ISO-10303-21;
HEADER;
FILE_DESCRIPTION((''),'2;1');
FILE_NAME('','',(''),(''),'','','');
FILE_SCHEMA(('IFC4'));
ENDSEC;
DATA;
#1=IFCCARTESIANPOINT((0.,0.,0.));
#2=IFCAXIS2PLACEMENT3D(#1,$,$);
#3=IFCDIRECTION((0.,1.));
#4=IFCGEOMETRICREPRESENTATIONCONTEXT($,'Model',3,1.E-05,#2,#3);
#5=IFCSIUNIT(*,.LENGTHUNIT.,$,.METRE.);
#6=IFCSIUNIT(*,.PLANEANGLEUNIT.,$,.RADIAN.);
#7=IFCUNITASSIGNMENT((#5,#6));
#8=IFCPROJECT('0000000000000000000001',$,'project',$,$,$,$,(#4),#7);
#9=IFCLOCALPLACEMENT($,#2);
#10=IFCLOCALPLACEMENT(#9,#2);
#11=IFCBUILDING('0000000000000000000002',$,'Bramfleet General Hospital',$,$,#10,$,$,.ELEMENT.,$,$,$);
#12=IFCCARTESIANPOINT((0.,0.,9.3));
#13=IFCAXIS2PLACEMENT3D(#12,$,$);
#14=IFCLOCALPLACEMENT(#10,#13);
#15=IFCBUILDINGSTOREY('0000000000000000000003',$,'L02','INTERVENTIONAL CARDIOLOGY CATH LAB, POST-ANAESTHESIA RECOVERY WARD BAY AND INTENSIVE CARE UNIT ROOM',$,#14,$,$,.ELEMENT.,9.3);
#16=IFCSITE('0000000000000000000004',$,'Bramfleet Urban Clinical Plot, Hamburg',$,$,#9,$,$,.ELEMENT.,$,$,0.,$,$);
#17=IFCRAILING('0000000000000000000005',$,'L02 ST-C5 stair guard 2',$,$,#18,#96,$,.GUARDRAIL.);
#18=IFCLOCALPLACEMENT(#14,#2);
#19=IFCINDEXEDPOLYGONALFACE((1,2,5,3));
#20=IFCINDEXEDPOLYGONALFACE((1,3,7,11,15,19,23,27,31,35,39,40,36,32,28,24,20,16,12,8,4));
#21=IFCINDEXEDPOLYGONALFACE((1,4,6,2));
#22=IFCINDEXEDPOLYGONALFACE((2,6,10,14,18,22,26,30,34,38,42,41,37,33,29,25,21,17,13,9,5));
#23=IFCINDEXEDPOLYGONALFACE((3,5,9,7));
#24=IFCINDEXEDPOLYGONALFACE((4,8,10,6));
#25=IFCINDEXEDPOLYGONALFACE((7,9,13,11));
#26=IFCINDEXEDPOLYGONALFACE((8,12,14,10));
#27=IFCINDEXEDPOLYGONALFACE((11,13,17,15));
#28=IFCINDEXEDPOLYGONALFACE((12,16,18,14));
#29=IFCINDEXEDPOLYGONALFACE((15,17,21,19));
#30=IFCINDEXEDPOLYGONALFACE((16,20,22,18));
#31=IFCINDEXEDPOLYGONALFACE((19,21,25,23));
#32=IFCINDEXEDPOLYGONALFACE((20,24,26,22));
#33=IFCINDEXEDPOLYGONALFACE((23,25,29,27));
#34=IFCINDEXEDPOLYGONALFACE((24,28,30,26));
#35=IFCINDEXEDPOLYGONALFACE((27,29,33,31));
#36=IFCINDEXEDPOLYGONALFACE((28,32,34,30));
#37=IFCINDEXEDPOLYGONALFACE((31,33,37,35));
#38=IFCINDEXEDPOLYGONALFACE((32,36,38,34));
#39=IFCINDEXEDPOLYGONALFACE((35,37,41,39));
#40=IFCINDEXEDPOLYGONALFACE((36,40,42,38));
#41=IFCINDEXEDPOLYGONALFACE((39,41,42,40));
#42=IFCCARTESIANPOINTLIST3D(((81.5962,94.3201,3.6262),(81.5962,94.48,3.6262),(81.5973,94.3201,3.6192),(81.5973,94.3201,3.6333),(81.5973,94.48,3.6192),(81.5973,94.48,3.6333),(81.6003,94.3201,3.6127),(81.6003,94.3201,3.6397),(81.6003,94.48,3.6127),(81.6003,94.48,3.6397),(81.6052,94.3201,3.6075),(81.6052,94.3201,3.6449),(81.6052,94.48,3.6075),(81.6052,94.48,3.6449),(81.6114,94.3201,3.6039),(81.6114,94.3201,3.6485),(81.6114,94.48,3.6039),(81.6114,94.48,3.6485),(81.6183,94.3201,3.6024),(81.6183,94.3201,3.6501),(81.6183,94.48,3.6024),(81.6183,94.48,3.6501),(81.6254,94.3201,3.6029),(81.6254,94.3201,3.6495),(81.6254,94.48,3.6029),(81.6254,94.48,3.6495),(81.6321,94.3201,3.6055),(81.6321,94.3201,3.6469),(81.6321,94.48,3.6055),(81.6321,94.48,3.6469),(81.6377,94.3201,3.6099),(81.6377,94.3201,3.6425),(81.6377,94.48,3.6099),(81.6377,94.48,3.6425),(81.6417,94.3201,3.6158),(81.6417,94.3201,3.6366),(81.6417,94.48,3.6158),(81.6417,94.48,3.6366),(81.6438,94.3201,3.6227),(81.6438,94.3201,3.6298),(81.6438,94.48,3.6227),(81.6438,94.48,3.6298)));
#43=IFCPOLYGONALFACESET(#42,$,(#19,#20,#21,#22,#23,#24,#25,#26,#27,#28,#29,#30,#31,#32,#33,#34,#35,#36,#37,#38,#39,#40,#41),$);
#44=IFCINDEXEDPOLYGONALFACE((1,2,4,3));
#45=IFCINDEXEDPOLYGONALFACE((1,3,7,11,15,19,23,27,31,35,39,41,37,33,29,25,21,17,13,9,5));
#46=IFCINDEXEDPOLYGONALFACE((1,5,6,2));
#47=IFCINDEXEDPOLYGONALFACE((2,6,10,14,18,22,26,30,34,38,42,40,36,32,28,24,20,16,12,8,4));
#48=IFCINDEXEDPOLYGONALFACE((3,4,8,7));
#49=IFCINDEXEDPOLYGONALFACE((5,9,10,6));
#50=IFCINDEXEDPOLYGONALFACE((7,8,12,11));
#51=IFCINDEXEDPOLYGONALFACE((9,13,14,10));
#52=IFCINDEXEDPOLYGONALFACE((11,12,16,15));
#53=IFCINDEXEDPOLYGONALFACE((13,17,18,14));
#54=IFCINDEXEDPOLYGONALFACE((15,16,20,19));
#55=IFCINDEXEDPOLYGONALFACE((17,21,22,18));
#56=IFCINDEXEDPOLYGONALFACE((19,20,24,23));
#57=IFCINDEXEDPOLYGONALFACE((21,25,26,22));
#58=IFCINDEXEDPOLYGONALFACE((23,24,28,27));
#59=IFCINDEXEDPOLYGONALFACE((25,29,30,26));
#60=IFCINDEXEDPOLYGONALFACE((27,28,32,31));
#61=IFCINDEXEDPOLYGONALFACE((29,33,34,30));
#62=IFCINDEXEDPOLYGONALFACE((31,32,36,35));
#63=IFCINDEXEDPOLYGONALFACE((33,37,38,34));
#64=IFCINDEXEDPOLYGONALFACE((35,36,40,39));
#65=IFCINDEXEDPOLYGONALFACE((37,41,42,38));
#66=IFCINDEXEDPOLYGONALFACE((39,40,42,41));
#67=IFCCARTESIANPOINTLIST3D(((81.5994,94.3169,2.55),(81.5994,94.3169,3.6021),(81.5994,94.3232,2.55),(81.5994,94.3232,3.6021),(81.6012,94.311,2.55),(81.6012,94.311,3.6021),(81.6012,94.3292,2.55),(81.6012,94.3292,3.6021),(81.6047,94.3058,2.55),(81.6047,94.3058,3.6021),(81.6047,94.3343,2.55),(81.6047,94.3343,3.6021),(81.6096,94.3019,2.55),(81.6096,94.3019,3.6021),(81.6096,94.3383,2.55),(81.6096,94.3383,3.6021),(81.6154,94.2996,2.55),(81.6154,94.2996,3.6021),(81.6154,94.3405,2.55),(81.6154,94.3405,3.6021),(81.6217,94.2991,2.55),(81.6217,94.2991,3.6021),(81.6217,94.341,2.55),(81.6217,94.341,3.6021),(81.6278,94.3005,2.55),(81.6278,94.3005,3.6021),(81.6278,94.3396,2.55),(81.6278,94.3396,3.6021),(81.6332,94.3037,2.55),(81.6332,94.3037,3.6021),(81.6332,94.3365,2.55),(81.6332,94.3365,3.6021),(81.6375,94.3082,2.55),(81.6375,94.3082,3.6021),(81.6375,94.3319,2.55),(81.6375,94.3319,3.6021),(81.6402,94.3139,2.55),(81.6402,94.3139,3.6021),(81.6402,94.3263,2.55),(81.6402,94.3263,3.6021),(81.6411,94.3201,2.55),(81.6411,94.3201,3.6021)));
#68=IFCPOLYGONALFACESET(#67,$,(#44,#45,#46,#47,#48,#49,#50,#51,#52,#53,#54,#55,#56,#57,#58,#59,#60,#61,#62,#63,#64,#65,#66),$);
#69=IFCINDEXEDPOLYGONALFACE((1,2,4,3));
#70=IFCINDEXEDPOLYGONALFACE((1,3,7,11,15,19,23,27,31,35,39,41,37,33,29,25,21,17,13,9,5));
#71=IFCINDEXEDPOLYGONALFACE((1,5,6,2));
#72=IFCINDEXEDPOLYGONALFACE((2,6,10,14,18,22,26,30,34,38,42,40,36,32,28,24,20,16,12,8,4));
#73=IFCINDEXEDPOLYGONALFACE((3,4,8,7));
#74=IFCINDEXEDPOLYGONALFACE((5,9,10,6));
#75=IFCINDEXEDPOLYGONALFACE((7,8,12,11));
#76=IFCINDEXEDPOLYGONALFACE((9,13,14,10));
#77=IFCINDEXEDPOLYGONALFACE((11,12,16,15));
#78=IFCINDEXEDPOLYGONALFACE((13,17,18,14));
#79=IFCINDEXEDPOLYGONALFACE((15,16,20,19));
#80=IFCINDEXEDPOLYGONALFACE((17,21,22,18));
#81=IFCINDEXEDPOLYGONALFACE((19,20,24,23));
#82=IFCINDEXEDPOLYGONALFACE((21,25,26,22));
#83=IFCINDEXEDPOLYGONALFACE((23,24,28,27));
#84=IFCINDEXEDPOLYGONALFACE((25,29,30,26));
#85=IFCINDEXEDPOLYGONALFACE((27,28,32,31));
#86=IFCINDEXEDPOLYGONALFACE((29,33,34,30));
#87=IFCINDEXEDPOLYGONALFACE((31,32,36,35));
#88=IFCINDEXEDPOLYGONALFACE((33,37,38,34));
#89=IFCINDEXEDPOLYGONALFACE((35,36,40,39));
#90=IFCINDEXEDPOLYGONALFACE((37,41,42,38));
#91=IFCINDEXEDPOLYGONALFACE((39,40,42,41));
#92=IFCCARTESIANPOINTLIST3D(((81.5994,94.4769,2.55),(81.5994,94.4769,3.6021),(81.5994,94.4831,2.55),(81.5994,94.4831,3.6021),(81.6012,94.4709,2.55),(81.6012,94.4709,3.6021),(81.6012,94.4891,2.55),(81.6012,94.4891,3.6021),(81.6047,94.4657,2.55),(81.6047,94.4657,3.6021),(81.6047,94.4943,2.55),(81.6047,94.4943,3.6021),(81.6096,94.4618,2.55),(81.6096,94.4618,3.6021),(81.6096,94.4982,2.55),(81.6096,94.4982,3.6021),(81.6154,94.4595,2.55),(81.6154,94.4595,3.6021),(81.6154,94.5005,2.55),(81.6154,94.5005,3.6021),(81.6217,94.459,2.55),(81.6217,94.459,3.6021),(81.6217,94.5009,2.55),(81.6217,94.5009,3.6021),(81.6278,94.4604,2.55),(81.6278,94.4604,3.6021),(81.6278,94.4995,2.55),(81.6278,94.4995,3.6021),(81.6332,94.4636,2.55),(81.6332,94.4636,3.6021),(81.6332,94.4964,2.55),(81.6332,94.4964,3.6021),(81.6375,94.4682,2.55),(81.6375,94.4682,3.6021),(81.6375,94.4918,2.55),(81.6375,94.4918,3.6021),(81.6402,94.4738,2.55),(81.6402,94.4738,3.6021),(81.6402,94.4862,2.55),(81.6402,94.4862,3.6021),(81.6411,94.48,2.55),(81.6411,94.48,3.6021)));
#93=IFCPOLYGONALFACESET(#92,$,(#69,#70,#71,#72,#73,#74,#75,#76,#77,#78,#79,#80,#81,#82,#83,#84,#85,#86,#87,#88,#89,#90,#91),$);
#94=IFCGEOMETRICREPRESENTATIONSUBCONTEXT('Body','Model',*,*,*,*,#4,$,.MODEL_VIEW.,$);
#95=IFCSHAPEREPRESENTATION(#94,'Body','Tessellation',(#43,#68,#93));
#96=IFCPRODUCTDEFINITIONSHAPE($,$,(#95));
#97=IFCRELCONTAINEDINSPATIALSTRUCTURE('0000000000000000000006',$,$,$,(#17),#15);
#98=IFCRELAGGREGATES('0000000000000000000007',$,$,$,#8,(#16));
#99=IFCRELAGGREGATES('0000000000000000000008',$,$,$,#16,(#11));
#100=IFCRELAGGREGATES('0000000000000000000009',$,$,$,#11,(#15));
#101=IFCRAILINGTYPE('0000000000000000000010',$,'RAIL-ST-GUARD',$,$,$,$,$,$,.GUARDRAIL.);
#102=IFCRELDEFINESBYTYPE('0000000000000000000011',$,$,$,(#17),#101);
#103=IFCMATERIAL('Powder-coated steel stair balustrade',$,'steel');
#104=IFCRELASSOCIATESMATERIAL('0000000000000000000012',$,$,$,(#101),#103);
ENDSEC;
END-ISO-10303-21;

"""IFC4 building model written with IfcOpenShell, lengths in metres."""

from ifc_helpers import new_model, si_unit, direction, frame, origin, origin_2d, place, context, subcontext, project, spatial, circle, extrude, material, type_object, element, save


model = new_model("IFC4")

# Units and contexts
model_context = context("Model", 3, precision=1e-05, world=origin(), true_north=direction((0.0, 1.0)))
body_context = subcontext(model_context, "Body", "Model", "MODEL_VIEW")
ifc_project = project(units=[si_unit("LENGTHUNIT", "METRE"), si_unit("PLANEANGLEUNIT", "RADIAN")], contexts=[model_context])

# Site, building, storey
site_placement = place(None, origin())
site = spatial("IfcSite", under=ifc_project, at=site_placement, Name="Bramfleet Urban Clinical Plot, Hamburg", CompositionType="ELEMENT", RefElevation=0.0)
building_placement = place(site_placement, origin())
building = spatial("IfcBuilding", under=site, at=building_placement, Name="Bramfleet General Hospital", CompositionType="ELEMENT")
storey_placement = place(building_placement, frame((0.0, 0.0, 9.3)))
storey = spatial("IfcBuildingStorey", under=building, at=storey_placement, Name="L02", Description="INTERVENTIONAL CARDIOLOGY CATH LAB, POST-ANAESTHESIA RECOVERY WARD BAY AND INTENSIVE CARE UNIT ROOM", CompositionType="ELEMENT", Elevation=9.3)

# Railing
ifc_material_1 = material(Name="Powder-coated steel stair balustrade", Category="steel")
railing_type_1 = type_object("IfcRailingType", Name="RAIL-ST-GUARD", PredefinedType="GUARDRAIL", material=ifc_material_1)
railing_1_placement = place(storey_placement, frame((81.6201, 94.3201, 2.55)))
element("IfcRailing", 1, at=railing_1_placement, inside=storey, type_object=railing_type_1, Name="L02 ST-C5 stair guard 2", PredefinedType="GUARDRAIL", context=body_context, shape_type="SweptSolid", body=[
    extrude(circle(Radius=0.0239, at=origin_2d()), frame((0.0, 0.0, 1.0762), z_axis=(0.0, 1.0, 0.0), x_axis=(-1.0, 0.0, 0.0)), (0.0, 0.0, 1.0), 0.1599),
    extrude(circle(Radius=0.021, at=origin_2d()), origin(), (0.0, 0.0, 1.0), 1.052),
    extrude(circle(Radius=0.021, at=origin_2d()), frame((0.0, 0.1599, 0.0)), (0.0, 0.0, 1.0), 1.052),
])

save(model, "model.ifc")
